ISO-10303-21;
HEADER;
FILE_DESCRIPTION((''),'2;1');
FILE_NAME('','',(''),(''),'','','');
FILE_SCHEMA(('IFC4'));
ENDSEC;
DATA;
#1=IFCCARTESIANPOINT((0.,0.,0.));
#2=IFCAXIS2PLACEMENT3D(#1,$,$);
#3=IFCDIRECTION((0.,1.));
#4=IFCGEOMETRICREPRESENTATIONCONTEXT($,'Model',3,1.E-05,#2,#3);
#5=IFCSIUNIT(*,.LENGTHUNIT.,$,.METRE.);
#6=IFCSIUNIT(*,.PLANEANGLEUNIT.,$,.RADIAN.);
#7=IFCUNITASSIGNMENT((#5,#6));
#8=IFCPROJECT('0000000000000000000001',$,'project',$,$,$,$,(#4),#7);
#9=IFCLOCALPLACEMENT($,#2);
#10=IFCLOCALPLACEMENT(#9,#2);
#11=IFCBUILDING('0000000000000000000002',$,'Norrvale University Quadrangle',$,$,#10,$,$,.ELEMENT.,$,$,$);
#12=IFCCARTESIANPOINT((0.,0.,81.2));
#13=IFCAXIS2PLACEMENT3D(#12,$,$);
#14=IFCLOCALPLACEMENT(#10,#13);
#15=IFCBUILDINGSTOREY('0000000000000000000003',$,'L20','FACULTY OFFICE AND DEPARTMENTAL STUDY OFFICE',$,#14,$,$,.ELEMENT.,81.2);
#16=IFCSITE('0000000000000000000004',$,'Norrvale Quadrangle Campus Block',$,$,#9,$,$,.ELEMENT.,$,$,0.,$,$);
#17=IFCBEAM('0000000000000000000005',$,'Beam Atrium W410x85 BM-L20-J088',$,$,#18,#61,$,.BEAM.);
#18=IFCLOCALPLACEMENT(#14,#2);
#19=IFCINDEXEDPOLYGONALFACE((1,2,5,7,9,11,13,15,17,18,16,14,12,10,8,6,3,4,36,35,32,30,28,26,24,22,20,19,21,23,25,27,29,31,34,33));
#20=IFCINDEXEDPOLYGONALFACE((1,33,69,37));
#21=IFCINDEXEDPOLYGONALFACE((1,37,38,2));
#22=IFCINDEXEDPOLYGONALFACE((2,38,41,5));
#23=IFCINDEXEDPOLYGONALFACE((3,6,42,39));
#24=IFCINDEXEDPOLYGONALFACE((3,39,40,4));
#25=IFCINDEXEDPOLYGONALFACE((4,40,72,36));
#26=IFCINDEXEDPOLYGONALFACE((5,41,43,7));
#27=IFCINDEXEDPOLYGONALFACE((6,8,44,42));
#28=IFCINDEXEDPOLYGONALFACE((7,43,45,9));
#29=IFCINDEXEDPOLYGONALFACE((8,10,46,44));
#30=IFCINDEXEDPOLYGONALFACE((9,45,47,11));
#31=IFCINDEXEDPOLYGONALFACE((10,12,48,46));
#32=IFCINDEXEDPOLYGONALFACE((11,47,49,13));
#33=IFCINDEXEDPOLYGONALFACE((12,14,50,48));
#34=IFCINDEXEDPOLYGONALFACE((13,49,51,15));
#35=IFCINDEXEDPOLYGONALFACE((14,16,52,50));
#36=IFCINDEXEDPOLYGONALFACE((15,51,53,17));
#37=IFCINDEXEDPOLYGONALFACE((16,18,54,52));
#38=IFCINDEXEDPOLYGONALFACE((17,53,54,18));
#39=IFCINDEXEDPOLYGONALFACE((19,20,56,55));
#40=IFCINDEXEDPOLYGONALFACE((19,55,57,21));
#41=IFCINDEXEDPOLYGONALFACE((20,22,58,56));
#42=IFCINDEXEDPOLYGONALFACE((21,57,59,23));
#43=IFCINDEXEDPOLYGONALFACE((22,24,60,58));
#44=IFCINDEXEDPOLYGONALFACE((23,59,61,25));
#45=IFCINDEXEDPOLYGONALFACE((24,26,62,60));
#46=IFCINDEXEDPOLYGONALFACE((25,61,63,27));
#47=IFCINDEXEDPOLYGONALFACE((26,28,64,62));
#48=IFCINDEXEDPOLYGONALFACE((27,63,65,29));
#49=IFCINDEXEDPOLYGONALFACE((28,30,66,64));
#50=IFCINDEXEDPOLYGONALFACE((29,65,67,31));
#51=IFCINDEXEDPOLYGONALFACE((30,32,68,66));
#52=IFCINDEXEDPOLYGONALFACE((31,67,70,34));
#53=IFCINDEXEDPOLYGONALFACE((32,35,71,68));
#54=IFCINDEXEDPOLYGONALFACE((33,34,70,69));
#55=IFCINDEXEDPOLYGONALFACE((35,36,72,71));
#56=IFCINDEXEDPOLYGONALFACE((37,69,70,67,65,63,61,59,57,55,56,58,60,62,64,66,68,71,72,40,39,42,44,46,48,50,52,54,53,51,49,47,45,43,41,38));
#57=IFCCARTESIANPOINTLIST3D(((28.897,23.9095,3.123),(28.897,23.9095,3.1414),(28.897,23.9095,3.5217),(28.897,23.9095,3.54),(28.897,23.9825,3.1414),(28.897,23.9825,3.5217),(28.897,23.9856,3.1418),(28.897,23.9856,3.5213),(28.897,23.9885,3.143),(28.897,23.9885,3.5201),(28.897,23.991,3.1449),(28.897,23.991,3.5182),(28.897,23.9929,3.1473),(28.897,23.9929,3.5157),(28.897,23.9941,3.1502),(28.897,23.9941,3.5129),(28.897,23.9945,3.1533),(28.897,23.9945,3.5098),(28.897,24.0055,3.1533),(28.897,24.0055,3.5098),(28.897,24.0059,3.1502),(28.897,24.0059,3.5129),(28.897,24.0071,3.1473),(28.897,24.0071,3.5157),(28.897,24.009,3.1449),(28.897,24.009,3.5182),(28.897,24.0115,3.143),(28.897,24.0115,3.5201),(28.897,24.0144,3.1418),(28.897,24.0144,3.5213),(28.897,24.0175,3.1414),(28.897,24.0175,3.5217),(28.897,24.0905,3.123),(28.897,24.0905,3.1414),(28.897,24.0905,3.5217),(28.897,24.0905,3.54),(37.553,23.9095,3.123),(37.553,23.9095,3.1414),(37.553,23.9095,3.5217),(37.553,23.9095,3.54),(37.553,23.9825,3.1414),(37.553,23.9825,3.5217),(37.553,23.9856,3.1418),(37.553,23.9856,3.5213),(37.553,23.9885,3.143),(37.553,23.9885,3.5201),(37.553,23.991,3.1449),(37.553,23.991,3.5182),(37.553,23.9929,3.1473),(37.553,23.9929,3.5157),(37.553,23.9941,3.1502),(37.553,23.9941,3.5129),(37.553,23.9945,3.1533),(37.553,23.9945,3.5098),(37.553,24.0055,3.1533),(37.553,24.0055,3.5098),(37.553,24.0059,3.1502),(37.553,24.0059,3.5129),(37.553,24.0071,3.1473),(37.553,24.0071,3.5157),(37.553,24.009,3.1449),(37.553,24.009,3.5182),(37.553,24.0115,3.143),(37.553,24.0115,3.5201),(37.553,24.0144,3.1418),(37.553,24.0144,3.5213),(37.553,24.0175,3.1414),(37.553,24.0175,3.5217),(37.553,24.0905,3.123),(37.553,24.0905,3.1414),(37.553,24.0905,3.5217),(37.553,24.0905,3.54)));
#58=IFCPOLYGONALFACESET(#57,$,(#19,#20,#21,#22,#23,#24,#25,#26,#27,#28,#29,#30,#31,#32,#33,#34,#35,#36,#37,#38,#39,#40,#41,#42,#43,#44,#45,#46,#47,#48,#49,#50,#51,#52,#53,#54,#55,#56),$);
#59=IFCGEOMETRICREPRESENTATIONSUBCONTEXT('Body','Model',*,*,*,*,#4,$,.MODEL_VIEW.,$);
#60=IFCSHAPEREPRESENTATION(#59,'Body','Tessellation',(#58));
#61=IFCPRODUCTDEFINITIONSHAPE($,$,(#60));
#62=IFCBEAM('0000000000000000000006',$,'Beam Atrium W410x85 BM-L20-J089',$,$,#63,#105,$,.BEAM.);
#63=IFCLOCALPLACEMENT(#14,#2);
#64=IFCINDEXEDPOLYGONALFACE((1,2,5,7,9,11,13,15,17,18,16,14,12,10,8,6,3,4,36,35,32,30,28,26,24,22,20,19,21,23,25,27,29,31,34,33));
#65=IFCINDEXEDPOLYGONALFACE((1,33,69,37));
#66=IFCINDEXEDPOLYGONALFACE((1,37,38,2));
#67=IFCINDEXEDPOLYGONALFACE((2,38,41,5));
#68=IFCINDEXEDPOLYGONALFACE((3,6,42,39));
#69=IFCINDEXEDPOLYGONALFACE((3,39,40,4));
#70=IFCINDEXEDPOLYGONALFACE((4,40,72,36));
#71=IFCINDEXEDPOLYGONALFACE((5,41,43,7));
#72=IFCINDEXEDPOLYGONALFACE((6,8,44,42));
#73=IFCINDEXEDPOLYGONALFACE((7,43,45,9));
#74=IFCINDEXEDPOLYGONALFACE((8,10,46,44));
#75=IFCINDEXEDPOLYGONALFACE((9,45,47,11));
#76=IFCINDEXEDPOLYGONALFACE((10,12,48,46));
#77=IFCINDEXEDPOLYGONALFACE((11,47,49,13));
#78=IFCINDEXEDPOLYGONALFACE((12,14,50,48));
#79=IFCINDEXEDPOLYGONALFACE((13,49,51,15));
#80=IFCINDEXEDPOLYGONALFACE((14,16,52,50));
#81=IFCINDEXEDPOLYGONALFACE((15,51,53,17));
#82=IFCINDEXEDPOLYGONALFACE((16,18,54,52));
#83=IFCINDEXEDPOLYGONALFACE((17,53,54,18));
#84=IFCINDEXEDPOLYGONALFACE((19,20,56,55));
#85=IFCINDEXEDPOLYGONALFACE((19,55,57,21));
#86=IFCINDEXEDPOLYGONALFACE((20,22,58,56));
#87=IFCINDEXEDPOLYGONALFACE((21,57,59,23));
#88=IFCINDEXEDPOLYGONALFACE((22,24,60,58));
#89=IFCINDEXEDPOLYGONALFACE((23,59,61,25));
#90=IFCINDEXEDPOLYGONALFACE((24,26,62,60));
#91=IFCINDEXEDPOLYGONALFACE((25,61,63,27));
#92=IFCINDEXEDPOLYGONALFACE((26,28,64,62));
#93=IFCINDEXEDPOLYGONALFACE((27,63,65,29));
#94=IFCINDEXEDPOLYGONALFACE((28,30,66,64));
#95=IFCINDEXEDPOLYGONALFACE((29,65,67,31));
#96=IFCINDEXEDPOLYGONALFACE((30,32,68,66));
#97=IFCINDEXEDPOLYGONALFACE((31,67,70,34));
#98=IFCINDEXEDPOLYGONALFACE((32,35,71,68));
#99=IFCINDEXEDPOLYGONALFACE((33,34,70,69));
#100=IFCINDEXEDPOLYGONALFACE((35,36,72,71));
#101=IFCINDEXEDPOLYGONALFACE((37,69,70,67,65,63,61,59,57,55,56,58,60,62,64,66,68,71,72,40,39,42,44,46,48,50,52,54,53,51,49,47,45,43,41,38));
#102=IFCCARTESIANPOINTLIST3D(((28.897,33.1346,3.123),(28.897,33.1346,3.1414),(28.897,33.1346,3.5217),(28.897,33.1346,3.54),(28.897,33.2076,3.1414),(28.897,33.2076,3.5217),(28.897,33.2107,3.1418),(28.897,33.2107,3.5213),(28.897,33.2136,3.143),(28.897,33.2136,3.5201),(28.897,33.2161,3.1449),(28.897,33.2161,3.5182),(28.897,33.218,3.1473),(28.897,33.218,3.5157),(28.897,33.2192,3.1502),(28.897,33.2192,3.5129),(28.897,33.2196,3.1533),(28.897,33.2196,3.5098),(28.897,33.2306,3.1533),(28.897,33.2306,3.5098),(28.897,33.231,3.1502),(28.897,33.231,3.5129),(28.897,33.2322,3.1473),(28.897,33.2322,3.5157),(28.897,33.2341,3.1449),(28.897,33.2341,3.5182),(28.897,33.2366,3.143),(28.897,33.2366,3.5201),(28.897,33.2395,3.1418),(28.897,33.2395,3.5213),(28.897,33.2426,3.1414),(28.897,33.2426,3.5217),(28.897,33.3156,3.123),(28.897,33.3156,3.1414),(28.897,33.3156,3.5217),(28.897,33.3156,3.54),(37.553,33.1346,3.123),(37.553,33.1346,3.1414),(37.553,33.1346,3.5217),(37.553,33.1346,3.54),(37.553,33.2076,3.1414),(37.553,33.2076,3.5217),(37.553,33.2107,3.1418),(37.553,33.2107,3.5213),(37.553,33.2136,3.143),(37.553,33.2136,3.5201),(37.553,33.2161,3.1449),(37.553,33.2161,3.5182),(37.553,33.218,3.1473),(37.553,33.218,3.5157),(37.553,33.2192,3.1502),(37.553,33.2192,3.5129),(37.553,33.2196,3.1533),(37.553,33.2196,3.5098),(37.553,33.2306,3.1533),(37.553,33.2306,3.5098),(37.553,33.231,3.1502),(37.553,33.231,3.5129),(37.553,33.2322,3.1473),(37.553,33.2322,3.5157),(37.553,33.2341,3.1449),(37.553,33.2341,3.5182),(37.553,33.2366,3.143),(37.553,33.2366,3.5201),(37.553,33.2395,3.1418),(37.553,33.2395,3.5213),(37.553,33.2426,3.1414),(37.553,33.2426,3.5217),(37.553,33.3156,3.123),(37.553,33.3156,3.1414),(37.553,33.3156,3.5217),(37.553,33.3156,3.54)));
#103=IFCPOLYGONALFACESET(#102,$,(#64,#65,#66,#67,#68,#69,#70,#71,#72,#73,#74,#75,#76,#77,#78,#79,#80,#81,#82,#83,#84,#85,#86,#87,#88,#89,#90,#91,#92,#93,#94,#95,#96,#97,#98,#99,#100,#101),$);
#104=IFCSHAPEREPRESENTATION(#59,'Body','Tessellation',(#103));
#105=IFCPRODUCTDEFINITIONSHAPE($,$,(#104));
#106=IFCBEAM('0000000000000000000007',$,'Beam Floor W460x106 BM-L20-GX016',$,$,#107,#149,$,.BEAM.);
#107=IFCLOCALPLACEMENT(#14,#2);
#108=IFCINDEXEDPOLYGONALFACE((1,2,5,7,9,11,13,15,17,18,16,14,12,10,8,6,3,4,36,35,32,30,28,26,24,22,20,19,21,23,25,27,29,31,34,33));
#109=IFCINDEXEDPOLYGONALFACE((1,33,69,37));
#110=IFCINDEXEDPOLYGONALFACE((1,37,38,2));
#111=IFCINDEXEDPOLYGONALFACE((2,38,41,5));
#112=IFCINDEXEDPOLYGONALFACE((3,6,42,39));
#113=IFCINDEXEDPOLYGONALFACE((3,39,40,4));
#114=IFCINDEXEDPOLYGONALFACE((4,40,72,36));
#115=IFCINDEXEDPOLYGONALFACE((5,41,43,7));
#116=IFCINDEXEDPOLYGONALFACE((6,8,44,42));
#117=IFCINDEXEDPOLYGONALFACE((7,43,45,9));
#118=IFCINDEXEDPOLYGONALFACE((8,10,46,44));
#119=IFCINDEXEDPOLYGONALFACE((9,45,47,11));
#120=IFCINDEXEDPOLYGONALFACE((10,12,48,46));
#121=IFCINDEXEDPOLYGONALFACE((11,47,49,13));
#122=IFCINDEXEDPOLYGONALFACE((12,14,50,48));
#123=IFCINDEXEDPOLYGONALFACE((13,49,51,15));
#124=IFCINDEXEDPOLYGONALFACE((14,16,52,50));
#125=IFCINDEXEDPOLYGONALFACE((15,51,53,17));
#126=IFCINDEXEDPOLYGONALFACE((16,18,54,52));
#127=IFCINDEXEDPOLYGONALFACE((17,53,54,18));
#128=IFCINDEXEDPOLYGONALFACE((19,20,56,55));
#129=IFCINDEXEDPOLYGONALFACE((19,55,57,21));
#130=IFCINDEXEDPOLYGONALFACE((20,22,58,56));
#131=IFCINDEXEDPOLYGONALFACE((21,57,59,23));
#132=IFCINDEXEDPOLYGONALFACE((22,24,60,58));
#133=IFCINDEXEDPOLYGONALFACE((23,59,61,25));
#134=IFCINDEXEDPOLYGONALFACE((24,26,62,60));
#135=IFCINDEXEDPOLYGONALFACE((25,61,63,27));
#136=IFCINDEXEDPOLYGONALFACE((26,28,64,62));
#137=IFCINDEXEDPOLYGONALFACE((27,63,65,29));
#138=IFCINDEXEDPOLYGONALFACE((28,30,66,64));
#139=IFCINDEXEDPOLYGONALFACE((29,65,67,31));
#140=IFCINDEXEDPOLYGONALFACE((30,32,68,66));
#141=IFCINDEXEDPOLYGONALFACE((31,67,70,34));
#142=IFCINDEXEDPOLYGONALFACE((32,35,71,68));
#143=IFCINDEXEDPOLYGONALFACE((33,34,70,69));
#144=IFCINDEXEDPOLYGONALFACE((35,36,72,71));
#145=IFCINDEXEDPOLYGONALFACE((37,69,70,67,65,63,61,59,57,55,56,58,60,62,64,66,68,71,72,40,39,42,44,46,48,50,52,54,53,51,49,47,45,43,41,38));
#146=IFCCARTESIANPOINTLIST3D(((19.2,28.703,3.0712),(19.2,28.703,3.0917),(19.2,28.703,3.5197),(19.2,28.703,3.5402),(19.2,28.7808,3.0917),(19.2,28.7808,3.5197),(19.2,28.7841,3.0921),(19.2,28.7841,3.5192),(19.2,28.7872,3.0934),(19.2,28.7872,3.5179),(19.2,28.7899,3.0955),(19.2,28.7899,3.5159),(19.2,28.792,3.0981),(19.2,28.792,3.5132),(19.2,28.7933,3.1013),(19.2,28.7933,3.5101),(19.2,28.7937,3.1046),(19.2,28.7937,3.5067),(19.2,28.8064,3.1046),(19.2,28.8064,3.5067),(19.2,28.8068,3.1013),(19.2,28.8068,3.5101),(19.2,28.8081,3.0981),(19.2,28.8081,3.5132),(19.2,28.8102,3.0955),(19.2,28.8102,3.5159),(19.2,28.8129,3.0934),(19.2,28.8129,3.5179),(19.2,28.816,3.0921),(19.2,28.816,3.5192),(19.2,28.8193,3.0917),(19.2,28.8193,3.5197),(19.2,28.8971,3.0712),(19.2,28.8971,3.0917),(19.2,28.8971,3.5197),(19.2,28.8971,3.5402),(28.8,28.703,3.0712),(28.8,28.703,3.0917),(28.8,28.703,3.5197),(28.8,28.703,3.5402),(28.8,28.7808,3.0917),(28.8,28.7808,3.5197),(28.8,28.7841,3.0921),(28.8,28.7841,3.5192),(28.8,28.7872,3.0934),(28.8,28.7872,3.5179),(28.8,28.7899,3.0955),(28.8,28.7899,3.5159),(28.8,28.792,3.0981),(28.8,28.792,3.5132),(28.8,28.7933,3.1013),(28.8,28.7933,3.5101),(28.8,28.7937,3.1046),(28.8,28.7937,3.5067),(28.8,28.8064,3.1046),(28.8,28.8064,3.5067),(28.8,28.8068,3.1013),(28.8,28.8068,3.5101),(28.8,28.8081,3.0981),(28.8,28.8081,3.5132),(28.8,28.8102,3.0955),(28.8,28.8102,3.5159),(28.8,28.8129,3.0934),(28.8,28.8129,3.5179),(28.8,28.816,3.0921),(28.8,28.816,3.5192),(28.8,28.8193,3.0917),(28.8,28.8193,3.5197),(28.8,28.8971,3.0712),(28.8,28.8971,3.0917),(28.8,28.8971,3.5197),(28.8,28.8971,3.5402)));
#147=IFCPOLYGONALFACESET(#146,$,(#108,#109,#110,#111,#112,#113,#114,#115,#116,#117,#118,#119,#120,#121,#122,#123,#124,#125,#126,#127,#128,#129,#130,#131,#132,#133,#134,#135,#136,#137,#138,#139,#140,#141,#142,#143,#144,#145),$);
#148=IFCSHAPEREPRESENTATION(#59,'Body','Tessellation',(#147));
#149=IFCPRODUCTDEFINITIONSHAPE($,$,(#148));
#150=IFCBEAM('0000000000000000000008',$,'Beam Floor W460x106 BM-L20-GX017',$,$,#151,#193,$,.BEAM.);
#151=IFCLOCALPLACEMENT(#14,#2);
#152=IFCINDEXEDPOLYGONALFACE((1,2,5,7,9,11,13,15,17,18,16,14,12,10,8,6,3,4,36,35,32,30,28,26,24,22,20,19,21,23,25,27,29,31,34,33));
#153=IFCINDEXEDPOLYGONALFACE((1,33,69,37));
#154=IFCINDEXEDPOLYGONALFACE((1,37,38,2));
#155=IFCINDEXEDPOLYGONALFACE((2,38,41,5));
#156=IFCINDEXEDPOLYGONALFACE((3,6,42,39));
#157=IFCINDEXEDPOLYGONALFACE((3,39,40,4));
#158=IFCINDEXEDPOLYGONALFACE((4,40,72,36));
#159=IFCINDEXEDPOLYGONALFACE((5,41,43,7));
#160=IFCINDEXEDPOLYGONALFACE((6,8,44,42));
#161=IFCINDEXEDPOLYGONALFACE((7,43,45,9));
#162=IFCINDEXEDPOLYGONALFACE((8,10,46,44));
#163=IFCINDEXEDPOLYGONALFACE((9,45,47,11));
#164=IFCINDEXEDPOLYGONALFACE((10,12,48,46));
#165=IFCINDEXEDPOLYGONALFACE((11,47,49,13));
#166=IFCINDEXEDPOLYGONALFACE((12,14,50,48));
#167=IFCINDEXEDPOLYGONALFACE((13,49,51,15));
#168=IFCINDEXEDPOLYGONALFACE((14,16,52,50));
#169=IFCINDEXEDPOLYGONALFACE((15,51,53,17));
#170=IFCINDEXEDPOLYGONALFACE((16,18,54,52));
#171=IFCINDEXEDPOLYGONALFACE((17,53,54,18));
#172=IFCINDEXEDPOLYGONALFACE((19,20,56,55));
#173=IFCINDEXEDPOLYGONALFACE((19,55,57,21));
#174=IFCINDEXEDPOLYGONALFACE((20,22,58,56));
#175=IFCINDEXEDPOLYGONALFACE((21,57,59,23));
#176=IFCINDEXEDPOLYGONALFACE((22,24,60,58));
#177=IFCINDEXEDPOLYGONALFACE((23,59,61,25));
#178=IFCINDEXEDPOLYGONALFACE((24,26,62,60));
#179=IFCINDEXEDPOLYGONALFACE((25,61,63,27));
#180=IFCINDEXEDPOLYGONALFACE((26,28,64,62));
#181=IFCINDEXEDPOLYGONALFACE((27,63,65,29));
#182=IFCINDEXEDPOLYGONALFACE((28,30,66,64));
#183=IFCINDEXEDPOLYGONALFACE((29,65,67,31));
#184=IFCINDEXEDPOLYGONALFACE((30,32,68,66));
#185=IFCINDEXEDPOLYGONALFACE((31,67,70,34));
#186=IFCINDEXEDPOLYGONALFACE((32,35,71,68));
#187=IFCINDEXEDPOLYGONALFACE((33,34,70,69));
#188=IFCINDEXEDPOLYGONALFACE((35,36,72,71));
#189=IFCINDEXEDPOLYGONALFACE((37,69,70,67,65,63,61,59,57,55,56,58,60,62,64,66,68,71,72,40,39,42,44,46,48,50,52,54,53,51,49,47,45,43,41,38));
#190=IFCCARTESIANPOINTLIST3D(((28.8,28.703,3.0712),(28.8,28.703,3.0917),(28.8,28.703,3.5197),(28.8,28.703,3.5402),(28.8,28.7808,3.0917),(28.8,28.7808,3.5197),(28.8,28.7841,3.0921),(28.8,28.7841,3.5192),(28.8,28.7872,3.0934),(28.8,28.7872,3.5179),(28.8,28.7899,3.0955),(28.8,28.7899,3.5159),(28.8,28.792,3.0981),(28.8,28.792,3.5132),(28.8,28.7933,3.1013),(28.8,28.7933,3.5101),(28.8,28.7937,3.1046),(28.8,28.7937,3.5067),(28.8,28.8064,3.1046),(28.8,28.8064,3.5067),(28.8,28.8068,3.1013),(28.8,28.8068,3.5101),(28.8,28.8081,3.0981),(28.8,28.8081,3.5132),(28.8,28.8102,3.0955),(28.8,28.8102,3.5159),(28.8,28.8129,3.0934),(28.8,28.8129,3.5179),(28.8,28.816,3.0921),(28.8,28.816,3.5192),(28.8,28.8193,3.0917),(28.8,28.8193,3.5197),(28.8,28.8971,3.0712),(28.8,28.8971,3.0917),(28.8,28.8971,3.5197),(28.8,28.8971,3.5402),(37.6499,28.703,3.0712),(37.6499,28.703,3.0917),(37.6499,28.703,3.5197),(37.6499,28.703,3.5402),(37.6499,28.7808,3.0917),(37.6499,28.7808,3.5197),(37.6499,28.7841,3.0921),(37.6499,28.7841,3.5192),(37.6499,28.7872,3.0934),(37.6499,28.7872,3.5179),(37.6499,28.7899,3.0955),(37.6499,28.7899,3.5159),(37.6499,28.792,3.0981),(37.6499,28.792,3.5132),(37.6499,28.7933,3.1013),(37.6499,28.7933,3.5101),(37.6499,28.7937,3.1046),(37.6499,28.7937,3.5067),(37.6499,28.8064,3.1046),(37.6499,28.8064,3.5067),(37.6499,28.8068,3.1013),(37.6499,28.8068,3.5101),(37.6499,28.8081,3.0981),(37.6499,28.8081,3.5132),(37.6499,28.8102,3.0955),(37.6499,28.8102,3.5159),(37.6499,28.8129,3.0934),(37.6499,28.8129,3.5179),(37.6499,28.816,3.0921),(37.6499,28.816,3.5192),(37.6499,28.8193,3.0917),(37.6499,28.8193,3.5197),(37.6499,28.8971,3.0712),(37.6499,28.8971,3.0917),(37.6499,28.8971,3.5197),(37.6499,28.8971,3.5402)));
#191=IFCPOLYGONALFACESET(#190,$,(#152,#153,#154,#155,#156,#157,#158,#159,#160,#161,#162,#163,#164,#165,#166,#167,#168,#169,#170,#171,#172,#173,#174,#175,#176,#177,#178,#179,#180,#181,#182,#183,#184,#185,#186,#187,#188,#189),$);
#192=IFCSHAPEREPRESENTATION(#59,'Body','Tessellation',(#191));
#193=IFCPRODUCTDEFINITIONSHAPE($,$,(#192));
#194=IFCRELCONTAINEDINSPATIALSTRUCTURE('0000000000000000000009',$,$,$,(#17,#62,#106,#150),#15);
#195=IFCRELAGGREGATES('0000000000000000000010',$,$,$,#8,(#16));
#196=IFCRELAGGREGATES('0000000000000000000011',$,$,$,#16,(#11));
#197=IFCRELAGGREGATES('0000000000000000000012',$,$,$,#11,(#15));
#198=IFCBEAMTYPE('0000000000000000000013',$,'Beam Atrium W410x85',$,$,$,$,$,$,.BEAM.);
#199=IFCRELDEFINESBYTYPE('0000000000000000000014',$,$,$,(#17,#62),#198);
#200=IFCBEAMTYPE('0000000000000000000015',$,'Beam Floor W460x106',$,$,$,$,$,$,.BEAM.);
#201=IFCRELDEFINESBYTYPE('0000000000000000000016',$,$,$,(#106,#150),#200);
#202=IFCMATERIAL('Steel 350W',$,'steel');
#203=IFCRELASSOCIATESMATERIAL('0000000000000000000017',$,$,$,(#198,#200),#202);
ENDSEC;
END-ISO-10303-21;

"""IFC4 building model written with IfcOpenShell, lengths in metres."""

from ifc_helpers import new_model, si_unit, direction, frame, origin, origin_2d, place, context, subcontext, project, spatial, i_section, extrude, material, material_profile, profile_set, type_object, element, save


model = new_model("IFC4")

# Units and contexts
model_context = context("Model", 3, precision=1e-05, world=origin(), true_north=direction((0.0, 1.0)))
body_context = subcontext(model_context, "Body", "Model", "MODEL_VIEW")
ifc_project = project(units=[si_unit("LENGTHUNIT", "METRE"), si_unit("PLANEANGLEUNIT", "RADIAN")], contexts=[model_context])

# Site, building, storey
site_placement = place(None, origin())
site = spatial("IfcSite", under=ifc_project, at=site_placement, Name="Norrvale Quadrangle Campus Block", CompositionType="ELEMENT", RefElevation=0.0)
building_placement = place(site_placement, origin())
building = spatial("IfcBuilding", under=site, at=building_placement, Name="Norrvale University Quadrangle", CompositionType="ELEMENT")
storey_placement = place(building_placement, frame((0.0, 0.0, 81.2)))
storey = spatial("IfcBuildingStorey", under=building, at=storey_placement, Name="L20", Description="FACULTY OFFICE AND DEPARTMENTAL STUDY OFFICE", CompositionType="ELEMENT", Elevation=81.2)

# Beams
ifc_material_1 = material(Name="Steel 350W", Category="steel")
ifc_material_profile_1 = material_profile(ifc_material_1, i_section(OverallWidth=0.1809, OverallDepth=0.417, WebThickness=0.011, FlangeThickness=0.0183, FilletRadius=0.012, at=origin_2d()), Name="Steel 350W")
ifc_profile_set_1 = profile_set([ifc_material_profile_1], Name="Steel 350W")
beam_type_1 = type_object("IfcBeamType", Name="Beam Atrium W410x85", PredefinedType="BEAM", material=ifc_profile_set_1)
for number, where, z_axis, x_axis, name in (
    (1, (28.897, 24.0, 3.3315), (1.0, 0.0, 0.0), (0.0, 1.0, 0.0), "Beam Atrium W410x85 BM-L20-J088"),
    (2, (28.897, 33.2251, 3.3315), (1.0, 0.0, 0.0), (0.0, 1.0, 0.0), "Beam Atrium W410x85 BM-L20-J089"),
):
    element("IfcBeam", number, at=place(storey_placement, frame(where, z_axis=z_axis, x_axis=x_axis)), inside=storey, type_object=beam_type_1, Name=name, PredefinedType="BEAM", context=body_context, shape_type="SweptSolid", body=[
        extrude(i_section(OverallWidth=0.1809, OverallDepth=0.417, WebThickness=0.011, FlangeThickness=0.0183, FilletRadius=0.012, at=origin_2d()), origin(), (0.0, 0.0, 1.0), 8.656),
    ])
ifc_material_profile_2 = material_profile(ifc_material_1, i_section(OverallWidth=0.1941, OverallDepth=0.469, WebThickness=0.0127, FlangeThickness=0.0205, FilletRadius=0.0129, at=origin_2d()), Name="Steel 350W")
ifc_profile_set_2 = profile_set([ifc_material_profile_2], Name="Steel 350W")
beam_type_2 = type_object("IfcBeamType", Name="Beam Floor W460x106", PredefinedType="BEAM", material=ifc_profile_set_2)
beam_1_placement = place(storey_placement, frame((19.2, 28.8, 3.3057), z_axis=(1.0, 0.0, 0.0), x_axis=(0.0, 1.0, 0.0)))
element("IfcBeam", 3, at=beam_1_placement, inside=storey, type_object=beam_type_2, Name="Beam Floor W460x106 BM-L20-GX016", PredefinedType="BEAM", context=body_context, shape_type="SweptSolid", body=[
    extrude(i_section(OverallWidth=0.1941, OverallDepth=0.469, WebThickness=0.0127, FlangeThickness=0.0205, FilletRadius=0.0129, at=origin_2d()), origin(), (0.0, 0.0, 1.0), 9.6001),
])
beam_2_placement = place(storey_placement, frame((28.8, 28.8, 3.3057), z_axis=(1.0, 0.0, 0.0), x_axis=(0.0, 1.0, 0.0)))
element("IfcBeam", 4, at=beam_2_placement, inside=storey, type_object=beam_type_2, Name="Beam Floor W460x106 BM-L20-GX017", PredefinedType="BEAM", context=body_context, shape_type="SweptSolid", body=[
    extrude(i_section(OverallWidth=0.1941, OverallDepth=0.469, WebThickness=0.0127, FlangeThickness=0.0205, FilletRadius=0.0129, at=origin_2d()), origin(), (0.0, 0.0, 1.0), 8.8499),
])

save(model, "model.ifc")
